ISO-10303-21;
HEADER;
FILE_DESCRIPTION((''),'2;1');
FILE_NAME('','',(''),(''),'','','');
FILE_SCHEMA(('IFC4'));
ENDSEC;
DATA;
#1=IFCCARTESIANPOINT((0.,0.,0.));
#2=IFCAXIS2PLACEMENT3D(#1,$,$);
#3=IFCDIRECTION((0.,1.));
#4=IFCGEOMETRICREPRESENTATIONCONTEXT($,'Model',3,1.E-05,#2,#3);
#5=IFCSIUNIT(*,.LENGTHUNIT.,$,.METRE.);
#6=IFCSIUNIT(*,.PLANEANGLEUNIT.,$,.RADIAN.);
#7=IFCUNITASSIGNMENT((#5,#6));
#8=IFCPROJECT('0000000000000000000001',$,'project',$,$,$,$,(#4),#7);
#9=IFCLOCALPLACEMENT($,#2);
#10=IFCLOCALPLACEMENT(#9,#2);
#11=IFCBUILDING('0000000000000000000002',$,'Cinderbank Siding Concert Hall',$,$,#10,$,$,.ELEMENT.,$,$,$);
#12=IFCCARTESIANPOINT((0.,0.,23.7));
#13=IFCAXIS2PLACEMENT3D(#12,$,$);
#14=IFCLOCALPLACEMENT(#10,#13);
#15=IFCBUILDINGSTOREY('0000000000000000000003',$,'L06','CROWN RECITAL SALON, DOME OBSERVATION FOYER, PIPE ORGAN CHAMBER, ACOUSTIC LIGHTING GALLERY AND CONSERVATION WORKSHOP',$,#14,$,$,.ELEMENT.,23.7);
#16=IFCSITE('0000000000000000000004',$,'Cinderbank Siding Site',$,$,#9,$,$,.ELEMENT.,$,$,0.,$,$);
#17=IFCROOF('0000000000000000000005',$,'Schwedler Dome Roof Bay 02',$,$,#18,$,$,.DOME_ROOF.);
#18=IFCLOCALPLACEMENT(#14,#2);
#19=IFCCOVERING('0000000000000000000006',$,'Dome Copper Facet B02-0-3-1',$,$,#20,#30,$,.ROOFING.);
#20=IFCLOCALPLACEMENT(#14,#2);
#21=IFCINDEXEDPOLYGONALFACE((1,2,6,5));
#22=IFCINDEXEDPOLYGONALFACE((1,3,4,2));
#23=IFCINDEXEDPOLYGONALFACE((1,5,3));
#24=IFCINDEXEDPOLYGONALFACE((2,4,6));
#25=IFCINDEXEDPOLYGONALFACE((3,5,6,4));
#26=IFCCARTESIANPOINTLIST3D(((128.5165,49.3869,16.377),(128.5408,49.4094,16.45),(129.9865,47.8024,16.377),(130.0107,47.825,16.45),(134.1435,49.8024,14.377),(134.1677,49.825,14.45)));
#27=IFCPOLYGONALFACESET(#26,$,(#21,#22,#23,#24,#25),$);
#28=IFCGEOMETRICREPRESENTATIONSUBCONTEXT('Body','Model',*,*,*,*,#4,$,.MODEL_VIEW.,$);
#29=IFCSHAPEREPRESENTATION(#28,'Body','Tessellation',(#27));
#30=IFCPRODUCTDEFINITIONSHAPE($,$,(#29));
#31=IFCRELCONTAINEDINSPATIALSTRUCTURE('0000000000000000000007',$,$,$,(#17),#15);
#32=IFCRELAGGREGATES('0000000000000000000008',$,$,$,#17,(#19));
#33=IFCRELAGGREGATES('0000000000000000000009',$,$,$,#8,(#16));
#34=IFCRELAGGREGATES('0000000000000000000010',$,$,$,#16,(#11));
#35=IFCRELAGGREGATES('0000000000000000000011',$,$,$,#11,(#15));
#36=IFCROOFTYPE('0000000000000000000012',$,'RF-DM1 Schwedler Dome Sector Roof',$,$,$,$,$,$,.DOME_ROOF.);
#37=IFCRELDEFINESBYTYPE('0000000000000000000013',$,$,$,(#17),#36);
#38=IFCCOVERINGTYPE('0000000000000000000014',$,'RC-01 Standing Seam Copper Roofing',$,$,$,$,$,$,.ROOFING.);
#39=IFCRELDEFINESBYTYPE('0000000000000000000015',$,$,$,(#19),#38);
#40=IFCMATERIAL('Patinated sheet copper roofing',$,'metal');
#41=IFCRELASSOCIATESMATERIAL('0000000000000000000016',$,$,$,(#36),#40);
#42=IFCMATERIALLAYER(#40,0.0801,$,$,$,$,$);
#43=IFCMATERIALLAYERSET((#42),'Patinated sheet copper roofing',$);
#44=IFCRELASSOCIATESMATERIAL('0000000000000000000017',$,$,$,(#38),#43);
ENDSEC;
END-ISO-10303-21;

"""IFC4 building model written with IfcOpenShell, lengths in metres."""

from ifc_helpers import new_model, si_unit, direction, frame, origin, place, context, subcontext, project, spatial, polyline, outline, extrude, material, layer, layer_set, type_object, element, aggregate, save


model = new_model("IFC4")

# Units and contexts
model_context = context("Model", 3, precision=1e-05, world=origin(), true_north=direction((0.0, 1.0)))
body_context = subcontext(model_context, "Body", "Model", "MODEL_VIEW")
ifc_project = project(units=[si_unit("LENGTHUNIT", "METRE"), si_unit("PLANEANGLEUNIT", "RADIAN")], contexts=[model_context])

# Site, building, storey
site_placement = place(None, origin())
site = spatial("IfcSite", under=ifc_project, at=site_placement, Name="Cinderbank Siding Site", CompositionType="ELEMENT", RefElevation=0.0)
building_placement = place(site_placement, origin())
building = spatial("IfcBuilding", under=site, at=building_placement, Name="Cinderbank Siding Concert Hall", CompositionType="ELEMENT")
storey_placement = place(building_placement, frame((0.0, 0.0, 23.7)))
storey = spatial("IfcBuildingStorey", under=building, at=storey_placement, Name="L06", Description="CROWN RECITAL SALON, DOME OBSERVATION FOYER, PIPE ORGAN CHAMBER, ACOUSTIC LIGHTING GALLERY AND CONSERVATION WORKSHOP", CompositionType="ELEMENT", Elevation=23.7)

# Roof, covering
ifc_material_1 = material(Name="Patinated sheet copper roofing", Category="metal")
roof_type = type_object("IfcRoofType", Name="RF-DM1 Schwedler Dome Sector Roof", PredefinedType="DOME_ROOF", material=ifc_material_1)
roof_placement = place(storey_placement, origin())
roof = element("IfcRoof", 1, at=roof_placement, inside=storey, type_object=roof_type, Name="Schwedler Dome Roof Bay 02", PredefinedType="DOME_ROOF")
ifc_layer_1 = layer(ifc_material_1, 0.0801)
ifc_layer_set_1 = layer_set([ifc_layer_1], Name="Patinated sheet copper roofing")
covering_type = type_object("IfcCoveringType", Name="RC-01 Standing Seam Copper Roofing", PredefinedType="ROOFING", material=ifc_layer_set_1)
covering_1_placement = place(storey_placement, frame((134.1677, 49.825, 14.45), z_axis=(0.302918, 0.281027, 0.91064), x_axis=(-0.939979, -0.069414, 0.334099)))
covering_1 = element("IfcCovering", 2, at=covering_1_placement, type_object=covering_type, Name="Dome Copper Facet B02-0-3-1", PredefinedType="ROOFING", context=body_context, shape_type="SweptSolid", body=[
    extrude(outline(polyline([(0.0, 0.0), (5.9863, 0.0), (4.7145, 1.7476), (0.0, 0.0)])), origin(), (0.0, 0.0, -1.0), 0.0801),
])
aggregate(roof, [covering_1])

save(model, "model.ifc")
